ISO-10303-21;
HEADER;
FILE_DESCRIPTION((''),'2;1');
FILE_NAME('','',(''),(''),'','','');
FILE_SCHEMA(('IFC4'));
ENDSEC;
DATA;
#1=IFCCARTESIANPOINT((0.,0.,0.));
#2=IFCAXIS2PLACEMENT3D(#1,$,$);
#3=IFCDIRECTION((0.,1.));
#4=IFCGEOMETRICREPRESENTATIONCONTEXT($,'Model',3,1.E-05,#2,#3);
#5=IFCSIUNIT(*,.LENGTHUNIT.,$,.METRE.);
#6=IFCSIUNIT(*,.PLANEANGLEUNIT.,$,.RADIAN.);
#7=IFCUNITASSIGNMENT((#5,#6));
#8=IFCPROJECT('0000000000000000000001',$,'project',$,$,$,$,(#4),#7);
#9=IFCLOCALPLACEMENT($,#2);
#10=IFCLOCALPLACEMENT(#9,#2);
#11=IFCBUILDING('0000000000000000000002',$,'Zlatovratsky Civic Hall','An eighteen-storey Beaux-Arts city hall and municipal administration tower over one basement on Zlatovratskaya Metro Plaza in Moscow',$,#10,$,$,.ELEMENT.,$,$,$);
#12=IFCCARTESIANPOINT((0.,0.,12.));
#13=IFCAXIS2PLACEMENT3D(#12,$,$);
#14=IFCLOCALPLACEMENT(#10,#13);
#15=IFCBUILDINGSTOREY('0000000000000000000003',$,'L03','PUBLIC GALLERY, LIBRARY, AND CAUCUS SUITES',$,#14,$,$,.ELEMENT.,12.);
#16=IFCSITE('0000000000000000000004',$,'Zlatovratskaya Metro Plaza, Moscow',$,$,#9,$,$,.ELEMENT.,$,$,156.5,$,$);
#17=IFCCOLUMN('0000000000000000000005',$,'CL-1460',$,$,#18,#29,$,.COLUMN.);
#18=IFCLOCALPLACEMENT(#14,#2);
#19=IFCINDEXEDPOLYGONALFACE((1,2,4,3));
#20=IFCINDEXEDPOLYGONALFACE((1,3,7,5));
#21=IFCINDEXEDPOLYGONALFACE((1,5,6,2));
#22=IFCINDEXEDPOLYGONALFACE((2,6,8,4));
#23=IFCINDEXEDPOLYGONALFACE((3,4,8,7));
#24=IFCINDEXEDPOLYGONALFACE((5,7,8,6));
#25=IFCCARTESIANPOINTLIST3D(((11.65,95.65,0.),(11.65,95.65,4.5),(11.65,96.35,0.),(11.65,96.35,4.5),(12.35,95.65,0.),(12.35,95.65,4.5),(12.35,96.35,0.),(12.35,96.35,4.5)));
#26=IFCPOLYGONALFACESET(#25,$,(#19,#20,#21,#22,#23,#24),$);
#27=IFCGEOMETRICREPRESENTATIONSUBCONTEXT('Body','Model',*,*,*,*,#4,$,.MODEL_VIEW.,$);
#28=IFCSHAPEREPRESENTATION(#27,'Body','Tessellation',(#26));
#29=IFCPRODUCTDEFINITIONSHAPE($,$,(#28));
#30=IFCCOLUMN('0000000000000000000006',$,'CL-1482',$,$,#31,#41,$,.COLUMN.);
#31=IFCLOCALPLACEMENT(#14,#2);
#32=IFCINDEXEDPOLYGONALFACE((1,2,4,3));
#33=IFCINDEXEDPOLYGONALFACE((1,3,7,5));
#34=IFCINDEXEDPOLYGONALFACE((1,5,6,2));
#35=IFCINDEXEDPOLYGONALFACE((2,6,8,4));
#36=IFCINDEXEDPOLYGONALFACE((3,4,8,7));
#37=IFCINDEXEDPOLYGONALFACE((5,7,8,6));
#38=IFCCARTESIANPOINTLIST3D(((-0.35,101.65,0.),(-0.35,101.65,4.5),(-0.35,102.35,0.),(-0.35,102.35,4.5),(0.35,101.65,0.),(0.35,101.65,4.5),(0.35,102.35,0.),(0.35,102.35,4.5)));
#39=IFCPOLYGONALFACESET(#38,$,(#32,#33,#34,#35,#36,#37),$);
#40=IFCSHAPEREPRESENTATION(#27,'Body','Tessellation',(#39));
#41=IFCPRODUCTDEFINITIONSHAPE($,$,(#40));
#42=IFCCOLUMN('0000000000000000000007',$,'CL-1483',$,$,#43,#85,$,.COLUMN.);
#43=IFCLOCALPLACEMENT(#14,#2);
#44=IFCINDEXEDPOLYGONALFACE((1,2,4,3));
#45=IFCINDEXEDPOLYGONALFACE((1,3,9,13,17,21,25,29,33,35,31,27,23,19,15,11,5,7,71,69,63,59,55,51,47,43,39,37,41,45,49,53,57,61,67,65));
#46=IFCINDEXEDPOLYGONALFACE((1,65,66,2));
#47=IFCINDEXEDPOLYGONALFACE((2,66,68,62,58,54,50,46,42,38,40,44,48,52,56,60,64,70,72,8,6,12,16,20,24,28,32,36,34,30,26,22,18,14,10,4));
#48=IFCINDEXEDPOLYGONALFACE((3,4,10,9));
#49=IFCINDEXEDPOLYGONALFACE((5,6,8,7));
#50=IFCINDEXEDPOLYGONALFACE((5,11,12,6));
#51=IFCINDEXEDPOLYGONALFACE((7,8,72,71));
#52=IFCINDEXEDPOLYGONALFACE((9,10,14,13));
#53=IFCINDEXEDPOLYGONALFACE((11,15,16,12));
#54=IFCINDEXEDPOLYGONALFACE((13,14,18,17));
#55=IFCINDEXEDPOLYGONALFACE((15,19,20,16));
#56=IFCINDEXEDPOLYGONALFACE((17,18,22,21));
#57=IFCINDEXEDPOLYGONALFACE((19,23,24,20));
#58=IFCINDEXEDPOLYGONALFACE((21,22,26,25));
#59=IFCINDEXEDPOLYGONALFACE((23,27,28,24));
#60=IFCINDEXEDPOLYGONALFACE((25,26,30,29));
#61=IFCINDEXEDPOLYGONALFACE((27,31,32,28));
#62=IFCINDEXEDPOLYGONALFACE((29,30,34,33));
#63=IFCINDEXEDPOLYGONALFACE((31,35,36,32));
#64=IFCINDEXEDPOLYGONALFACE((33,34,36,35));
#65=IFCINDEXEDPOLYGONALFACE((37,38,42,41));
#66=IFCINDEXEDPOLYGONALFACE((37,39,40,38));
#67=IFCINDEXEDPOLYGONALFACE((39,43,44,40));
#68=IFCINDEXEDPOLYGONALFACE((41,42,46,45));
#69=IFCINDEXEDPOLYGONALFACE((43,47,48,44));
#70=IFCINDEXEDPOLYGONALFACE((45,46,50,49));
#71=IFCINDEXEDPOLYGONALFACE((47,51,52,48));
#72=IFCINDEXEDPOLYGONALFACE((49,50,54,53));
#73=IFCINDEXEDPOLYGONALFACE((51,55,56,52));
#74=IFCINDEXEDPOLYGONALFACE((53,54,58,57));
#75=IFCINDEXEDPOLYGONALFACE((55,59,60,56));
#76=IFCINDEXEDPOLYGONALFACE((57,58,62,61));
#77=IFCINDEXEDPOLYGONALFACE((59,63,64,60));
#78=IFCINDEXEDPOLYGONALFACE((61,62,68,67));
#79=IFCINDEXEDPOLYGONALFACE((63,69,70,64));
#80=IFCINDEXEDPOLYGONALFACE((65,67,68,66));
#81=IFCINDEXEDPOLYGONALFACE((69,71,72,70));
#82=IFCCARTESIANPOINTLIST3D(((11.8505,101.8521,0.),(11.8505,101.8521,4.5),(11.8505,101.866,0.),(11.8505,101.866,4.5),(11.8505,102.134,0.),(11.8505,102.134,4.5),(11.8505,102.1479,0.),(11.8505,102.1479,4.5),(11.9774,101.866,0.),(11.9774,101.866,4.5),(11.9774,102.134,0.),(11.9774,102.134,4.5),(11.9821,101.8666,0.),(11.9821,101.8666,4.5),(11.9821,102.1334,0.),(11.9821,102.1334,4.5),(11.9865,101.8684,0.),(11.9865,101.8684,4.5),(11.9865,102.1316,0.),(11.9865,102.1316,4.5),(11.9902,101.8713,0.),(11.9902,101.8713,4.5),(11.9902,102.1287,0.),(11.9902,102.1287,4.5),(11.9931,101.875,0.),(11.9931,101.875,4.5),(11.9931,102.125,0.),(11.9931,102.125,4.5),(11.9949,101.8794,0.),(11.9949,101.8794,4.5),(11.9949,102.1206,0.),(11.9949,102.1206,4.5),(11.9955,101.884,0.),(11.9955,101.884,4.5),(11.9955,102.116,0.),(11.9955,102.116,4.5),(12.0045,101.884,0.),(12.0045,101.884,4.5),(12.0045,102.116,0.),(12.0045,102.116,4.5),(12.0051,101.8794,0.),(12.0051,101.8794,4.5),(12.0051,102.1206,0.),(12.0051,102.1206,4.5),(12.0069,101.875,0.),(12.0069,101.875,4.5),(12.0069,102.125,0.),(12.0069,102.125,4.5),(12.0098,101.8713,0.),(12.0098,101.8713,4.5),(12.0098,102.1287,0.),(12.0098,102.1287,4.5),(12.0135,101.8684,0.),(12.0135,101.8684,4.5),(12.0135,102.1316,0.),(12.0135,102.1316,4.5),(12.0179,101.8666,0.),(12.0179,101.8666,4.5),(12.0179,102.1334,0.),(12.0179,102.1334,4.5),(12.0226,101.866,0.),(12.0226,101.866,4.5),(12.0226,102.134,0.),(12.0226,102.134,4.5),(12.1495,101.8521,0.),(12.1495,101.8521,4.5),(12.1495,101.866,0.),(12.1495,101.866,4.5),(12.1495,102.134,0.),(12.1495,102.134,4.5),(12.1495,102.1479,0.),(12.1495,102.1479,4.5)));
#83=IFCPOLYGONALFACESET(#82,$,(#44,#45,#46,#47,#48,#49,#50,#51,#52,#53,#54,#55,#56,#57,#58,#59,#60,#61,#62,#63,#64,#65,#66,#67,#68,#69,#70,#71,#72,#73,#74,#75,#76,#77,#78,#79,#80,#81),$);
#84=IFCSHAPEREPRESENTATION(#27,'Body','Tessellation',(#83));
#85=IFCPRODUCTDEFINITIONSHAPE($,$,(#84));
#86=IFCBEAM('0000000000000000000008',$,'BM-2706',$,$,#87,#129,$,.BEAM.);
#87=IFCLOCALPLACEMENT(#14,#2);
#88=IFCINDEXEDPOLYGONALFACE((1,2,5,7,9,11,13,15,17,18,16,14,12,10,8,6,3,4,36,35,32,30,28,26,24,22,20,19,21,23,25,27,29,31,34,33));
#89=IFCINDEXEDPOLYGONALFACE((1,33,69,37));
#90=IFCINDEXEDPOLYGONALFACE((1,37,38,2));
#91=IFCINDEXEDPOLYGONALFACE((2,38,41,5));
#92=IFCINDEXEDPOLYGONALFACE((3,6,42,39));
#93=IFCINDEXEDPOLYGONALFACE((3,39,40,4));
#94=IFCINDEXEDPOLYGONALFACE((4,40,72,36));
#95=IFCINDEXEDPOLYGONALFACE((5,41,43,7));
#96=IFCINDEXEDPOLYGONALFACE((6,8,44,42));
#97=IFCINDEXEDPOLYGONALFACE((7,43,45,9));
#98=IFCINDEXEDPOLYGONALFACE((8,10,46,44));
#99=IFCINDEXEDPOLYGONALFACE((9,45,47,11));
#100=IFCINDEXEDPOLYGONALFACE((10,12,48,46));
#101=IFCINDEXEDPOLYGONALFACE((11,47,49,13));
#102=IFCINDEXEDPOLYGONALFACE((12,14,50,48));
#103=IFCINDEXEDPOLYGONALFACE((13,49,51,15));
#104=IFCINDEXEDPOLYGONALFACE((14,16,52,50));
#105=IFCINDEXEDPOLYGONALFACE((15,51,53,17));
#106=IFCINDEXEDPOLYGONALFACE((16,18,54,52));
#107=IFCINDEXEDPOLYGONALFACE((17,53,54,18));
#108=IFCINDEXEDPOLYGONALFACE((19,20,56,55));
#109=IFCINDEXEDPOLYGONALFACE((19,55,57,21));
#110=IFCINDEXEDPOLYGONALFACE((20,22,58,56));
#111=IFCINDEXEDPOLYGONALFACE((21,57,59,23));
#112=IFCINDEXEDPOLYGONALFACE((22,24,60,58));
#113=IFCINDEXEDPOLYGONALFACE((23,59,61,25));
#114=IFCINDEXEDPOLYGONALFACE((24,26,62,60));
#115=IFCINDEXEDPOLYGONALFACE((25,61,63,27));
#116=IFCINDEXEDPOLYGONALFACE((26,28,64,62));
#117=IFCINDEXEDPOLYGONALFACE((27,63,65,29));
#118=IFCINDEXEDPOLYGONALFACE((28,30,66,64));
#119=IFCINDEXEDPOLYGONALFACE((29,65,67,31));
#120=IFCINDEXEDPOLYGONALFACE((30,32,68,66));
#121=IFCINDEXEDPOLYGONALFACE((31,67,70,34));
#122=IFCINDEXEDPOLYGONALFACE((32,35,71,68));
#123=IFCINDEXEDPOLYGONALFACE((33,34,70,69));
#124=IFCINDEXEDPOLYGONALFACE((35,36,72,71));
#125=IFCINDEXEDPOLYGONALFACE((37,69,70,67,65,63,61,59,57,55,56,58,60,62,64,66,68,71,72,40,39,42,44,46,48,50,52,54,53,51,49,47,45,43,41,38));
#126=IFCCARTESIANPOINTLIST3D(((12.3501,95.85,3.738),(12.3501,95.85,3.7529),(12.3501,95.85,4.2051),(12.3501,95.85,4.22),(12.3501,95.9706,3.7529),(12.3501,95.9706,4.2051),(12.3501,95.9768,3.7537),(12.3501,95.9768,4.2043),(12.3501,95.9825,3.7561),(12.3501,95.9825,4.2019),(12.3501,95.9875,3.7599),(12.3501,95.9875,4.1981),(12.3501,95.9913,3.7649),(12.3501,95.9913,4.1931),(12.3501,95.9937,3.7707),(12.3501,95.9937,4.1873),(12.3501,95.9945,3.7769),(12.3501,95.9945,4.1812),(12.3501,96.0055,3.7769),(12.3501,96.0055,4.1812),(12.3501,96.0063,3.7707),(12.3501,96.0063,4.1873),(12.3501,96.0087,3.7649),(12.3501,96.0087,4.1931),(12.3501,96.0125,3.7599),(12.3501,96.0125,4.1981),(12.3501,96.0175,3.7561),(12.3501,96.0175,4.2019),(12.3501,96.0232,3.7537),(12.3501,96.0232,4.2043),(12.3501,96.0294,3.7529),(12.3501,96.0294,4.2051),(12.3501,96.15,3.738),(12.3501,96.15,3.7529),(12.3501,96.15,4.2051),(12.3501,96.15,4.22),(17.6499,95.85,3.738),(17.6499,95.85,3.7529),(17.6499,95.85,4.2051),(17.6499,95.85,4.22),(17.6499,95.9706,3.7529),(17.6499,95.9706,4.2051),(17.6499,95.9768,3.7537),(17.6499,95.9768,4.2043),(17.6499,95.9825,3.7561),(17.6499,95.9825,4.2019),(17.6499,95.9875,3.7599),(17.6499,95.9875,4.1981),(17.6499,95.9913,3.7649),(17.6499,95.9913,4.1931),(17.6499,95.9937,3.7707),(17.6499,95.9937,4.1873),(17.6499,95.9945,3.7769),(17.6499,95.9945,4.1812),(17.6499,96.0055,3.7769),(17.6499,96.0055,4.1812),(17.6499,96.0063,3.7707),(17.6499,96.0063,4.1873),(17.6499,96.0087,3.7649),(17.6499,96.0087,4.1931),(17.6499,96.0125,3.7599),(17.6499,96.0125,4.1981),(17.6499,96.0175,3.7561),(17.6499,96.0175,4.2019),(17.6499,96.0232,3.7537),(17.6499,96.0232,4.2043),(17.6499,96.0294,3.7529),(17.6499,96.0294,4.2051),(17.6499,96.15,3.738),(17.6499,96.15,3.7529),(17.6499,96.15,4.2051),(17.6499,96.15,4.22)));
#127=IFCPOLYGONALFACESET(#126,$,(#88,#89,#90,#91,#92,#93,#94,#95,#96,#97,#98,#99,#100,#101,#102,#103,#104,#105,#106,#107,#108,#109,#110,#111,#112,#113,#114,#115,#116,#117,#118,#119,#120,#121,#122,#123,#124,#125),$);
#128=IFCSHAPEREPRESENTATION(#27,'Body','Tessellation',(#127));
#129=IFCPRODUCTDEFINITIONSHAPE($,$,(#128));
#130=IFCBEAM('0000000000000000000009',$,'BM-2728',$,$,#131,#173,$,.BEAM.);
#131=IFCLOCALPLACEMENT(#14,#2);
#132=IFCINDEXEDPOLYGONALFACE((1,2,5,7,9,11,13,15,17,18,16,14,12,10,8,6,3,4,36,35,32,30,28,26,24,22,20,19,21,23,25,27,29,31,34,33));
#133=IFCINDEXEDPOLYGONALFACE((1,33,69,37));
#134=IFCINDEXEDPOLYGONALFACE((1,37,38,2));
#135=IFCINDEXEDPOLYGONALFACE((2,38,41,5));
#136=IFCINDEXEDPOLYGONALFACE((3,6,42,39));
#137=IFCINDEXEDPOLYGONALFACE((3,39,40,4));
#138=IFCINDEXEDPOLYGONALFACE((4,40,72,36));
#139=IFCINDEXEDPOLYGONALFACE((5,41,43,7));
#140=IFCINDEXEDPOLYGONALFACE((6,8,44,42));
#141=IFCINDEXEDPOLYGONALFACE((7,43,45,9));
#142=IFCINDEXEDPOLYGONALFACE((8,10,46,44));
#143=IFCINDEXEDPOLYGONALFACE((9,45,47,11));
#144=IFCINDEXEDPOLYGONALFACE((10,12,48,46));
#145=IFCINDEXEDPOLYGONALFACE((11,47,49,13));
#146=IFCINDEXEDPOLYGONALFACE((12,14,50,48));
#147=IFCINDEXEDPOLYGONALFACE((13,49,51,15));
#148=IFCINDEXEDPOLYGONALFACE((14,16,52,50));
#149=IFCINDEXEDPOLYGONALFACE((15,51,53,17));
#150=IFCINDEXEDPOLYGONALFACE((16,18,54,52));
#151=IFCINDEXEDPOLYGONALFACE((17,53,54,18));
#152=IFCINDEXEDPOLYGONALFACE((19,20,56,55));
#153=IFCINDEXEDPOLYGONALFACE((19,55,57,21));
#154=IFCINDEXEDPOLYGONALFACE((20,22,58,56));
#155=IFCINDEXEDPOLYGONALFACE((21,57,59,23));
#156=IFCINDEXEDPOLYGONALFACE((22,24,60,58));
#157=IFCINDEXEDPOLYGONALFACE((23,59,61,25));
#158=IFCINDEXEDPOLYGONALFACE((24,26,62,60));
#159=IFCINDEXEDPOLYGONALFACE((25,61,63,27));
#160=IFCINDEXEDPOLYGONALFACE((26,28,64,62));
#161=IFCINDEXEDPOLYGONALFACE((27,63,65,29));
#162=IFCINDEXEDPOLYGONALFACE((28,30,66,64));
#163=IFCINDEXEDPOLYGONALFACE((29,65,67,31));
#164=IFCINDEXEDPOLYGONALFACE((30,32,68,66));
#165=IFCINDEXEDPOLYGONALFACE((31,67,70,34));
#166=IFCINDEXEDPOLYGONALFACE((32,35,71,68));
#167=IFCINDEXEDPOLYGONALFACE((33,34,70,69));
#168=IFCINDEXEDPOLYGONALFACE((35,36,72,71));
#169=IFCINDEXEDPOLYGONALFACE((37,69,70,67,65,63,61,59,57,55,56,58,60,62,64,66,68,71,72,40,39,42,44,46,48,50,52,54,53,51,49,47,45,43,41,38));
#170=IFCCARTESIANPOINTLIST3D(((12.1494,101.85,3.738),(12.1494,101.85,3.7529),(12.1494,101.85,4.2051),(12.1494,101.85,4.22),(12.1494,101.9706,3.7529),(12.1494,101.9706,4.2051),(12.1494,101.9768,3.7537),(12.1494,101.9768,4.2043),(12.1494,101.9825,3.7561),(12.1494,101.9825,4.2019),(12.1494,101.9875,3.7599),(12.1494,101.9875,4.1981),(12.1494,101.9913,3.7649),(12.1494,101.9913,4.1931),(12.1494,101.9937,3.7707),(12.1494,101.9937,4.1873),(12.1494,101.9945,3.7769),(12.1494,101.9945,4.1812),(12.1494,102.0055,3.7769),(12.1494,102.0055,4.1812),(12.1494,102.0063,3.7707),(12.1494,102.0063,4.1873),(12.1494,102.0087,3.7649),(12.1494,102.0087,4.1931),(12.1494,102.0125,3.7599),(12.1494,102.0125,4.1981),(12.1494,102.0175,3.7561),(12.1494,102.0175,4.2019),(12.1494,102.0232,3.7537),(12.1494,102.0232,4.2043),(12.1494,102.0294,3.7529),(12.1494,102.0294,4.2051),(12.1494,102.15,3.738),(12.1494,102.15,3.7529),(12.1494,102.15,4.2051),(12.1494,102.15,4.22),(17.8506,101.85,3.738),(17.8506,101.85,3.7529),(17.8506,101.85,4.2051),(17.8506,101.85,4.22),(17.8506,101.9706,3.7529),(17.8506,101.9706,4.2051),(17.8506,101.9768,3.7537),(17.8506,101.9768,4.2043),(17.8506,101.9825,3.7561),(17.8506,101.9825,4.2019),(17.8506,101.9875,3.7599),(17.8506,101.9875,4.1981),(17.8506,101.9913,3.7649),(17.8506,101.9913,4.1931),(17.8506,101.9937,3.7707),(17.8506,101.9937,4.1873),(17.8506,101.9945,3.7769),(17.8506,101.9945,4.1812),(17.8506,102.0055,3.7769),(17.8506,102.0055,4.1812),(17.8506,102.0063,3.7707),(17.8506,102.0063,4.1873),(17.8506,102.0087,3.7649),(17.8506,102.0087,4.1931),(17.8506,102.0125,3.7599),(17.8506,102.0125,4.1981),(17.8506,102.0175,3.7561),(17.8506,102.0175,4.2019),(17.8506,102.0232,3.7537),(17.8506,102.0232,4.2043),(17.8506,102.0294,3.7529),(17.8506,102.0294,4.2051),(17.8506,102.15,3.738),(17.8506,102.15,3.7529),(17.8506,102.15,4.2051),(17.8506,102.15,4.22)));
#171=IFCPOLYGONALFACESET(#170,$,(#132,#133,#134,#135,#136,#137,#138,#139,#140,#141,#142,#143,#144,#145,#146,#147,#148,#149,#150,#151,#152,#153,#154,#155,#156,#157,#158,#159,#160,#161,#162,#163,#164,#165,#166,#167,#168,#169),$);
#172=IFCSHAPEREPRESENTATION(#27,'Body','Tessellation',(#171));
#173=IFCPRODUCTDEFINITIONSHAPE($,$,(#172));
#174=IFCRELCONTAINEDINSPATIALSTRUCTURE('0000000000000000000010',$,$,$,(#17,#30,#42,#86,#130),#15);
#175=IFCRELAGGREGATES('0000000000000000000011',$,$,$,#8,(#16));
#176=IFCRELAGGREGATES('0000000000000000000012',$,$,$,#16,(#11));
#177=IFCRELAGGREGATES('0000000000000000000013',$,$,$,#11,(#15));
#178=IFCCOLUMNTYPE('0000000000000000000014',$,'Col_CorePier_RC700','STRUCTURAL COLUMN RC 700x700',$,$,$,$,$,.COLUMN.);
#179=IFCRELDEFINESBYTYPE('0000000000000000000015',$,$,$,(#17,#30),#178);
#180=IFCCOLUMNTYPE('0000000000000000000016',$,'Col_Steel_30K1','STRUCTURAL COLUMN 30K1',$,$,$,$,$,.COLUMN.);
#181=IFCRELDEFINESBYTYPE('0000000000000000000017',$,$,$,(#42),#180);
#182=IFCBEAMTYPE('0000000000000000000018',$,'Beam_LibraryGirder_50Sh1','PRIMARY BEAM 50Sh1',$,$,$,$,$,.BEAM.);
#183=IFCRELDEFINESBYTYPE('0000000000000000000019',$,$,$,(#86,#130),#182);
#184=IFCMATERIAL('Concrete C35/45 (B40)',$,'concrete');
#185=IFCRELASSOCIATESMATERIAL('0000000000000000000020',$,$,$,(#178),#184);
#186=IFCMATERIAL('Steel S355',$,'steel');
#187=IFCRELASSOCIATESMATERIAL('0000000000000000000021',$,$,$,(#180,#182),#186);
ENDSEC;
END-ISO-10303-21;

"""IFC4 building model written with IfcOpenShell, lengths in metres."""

from ifc_helpers import new_model, si_unit, direction, frame, origin, origin_2d, place, context, subcontext, project, spatial, rectangle, i_section, extrude, material, material_profile, profile_set, type_object, element, save


model = new_model("IFC4")

# Units and contexts
model_context = context("Model", 3, precision=1e-05, world=origin(), true_north=direction((0.0, 1.0)))
body_context = subcontext(model_context, "Body", "Model", "MODEL_VIEW")
ifc_project = project(units=[si_unit("LENGTHUNIT", "METRE"), si_unit("PLANEANGLEUNIT", "RADIAN")], contexts=[model_context])

# Site, building, storey
site_placement = place(None, origin())
site = spatial("IfcSite", under=ifc_project, at=site_placement, Name="Zlatovratskaya Metro Plaza, Moscow", CompositionType="ELEMENT", RefElevation=156.5)
building_placement = place(site_placement, origin())
building = spatial("IfcBuilding", under=site, at=building_placement, Name="Zlatovratsky Civic Hall", Description="An eighteen-storey Beaux-Arts city hall and municipal administration tower over one basement on Zlatovratskaya Metro Plaza in Moscow", CompositionType="ELEMENT")
storey_placement = place(building_placement, frame((0.0, 0.0, 12.0)))
storey = spatial("IfcBuildingStorey", under=building, at=storey_placement, Name="L03", Description="PUBLIC GALLERY, LIBRARY, AND CAUCUS SUITES", CompositionType="ELEMENT", Elevation=12.0)

# Columns
ifc_material_1 = material(Name="Concrete C35/45 (B40)", Category="concrete")
ifc_material_profile_1 = material_profile(ifc_material_1, rectangle(XDim=0.7, YDim=0.7, at=origin_2d()), Name="RC 700x700")
ifc_profile_set_1 = profile_set([ifc_material_profile_1], Name="Concrete C35/45 (B40)")
column_type_1 = type_object("IfcColumnType", Name="Col_CorePier_RC700", Description="STRUCTURAL COLUMN RC 700x700", PredefinedType="COLUMN", material=ifc_profile_set_1)
for number, where, z_axis, x_axis, name in (
    (1, (12.0, 96.0, 0.0), (0.0, 0.0, 1.0), (1.0, 0.0, 0.0), "CL-1460"),
    (2, (0.0, 102.0, 0.0), (0.0, 0.0, 1.0), (1.0, 0.0, 0.0), "CL-1482"),
):
    element("IfcColumn", number, at=place(storey_placement, frame(where, z_axis=z_axis, x_axis=x_axis)), inside=storey, type_object=column_type_1, Name=name, PredefinedType="COLUMN", context=body_context, shape_type="SweptSolid", body=[
        extrude(rectangle(XDim=0.7, YDim=0.7, at=origin_2d()), origin(), (0.0, 0.0, 1.0), 4.5),
    ])
ifc_material_2 = material(Name="Steel S355", Category="steel")
ifc_material_profile_2 = material_profile(ifc_material_2, i_section(OverallWidth=0.2991, OverallDepth=0.2959, WebThickness=0.009, FlangeThickness=0.0139, FilletRadius=0.0181, at=origin_2d()), Name="30K1")
ifc_profile_set_2 = profile_set([ifc_material_profile_2], Name="Steel S355")
column_type_2 = type_object("IfcColumnType", Name="Col_Steel_30K1", Description="STRUCTURAL COLUMN 30K1", PredefinedType="COLUMN", material=ifc_profile_set_2)
column_placement = place(storey_placement, frame((12.0, 102.0, 0.0), z_axis=(0.0, 0.0, 1.0), x_axis=(1.0, 0.0, 0.0)))
element("IfcColumn", 3, at=column_placement, inside=storey, type_object=column_type_2, Name="CL-1483", PredefinedType="COLUMN", context=body_context, shape_type="SweptSolid", body=[
    extrude(i_section(OverallWidth=0.2991, OverallDepth=0.2959, WebThickness=0.009, FlangeThickness=0.0139, FilletRadius=0.0181, at=origin_2d()), origin(), (0.0, 0.0, 1.0), 4.5),
])

# Beams
ifc_material_profile_3 = material_profile(ifc_material_2, i_section(OverallWidth=0.3, OverallDepth=0.4819, WebThickness=0.011, FlangeThickness=0.0149, FilletRadius=0.0239, at=origin_2d()), Name="50Sh1")
ifc_profile_set_3 = profile_set([ifc_material_profile_3], Name="Steel S355")
beam_type_1 = type_object("IfcBeamType", Name="Beam_LibraryGirder_50Sh1", Description="PRIMARY BEAM 50Sh1", PredefinedType="BEAM", material=ifc_profile_set_3)
beam_1_placement = place(storey_placement, frame((12.3501, 96.0, 3.979), z_axis=(1.0, 0.0, 0.0), x_axis=(0.0, 1.0, 0.0)))
element("IfcBeam", 4, at=beam_1_placement, inside=storey, type_object=beam_type_1, Name="BM-2706", PredefinedType="BEAM", context=body_context, shape_type="SweptSolid", body=[
    extrude(i_section(OverallWidth=0.3, OverallDepth=0.4819, WebThickness=0.011, FlangeThickness=0.0149, FilletRadius=0.0239, at=origin_2d()), origin(), (0.0, 0.0, 1.0), 5.2998),
])
beam_2_placement = place(storey_placement, frame((12.1494, 102.0, 3.979), z_axis=(1.0, 0.0, 0.0), x_axis=(0.0, 1.0, 0.0)))
element("IfcBeam", 5, at=beam_2_placement, inside=storey, type_object=beam_type_1, Name="BM-2728", PredefinedType="BEAM", context=body_context, shape_type="SweptSolid", body=[
    extrude(i_section(OverallWidth=0.3, OverallDepth=0.4819, WebThickness=0.011, FlangeThickness=0.0149, FilletRadius=0.0239, at=origin_2d()), origin(), (0.0, 0.0, 1.0), 5.7012),
])

save(model, "model.ifc")
